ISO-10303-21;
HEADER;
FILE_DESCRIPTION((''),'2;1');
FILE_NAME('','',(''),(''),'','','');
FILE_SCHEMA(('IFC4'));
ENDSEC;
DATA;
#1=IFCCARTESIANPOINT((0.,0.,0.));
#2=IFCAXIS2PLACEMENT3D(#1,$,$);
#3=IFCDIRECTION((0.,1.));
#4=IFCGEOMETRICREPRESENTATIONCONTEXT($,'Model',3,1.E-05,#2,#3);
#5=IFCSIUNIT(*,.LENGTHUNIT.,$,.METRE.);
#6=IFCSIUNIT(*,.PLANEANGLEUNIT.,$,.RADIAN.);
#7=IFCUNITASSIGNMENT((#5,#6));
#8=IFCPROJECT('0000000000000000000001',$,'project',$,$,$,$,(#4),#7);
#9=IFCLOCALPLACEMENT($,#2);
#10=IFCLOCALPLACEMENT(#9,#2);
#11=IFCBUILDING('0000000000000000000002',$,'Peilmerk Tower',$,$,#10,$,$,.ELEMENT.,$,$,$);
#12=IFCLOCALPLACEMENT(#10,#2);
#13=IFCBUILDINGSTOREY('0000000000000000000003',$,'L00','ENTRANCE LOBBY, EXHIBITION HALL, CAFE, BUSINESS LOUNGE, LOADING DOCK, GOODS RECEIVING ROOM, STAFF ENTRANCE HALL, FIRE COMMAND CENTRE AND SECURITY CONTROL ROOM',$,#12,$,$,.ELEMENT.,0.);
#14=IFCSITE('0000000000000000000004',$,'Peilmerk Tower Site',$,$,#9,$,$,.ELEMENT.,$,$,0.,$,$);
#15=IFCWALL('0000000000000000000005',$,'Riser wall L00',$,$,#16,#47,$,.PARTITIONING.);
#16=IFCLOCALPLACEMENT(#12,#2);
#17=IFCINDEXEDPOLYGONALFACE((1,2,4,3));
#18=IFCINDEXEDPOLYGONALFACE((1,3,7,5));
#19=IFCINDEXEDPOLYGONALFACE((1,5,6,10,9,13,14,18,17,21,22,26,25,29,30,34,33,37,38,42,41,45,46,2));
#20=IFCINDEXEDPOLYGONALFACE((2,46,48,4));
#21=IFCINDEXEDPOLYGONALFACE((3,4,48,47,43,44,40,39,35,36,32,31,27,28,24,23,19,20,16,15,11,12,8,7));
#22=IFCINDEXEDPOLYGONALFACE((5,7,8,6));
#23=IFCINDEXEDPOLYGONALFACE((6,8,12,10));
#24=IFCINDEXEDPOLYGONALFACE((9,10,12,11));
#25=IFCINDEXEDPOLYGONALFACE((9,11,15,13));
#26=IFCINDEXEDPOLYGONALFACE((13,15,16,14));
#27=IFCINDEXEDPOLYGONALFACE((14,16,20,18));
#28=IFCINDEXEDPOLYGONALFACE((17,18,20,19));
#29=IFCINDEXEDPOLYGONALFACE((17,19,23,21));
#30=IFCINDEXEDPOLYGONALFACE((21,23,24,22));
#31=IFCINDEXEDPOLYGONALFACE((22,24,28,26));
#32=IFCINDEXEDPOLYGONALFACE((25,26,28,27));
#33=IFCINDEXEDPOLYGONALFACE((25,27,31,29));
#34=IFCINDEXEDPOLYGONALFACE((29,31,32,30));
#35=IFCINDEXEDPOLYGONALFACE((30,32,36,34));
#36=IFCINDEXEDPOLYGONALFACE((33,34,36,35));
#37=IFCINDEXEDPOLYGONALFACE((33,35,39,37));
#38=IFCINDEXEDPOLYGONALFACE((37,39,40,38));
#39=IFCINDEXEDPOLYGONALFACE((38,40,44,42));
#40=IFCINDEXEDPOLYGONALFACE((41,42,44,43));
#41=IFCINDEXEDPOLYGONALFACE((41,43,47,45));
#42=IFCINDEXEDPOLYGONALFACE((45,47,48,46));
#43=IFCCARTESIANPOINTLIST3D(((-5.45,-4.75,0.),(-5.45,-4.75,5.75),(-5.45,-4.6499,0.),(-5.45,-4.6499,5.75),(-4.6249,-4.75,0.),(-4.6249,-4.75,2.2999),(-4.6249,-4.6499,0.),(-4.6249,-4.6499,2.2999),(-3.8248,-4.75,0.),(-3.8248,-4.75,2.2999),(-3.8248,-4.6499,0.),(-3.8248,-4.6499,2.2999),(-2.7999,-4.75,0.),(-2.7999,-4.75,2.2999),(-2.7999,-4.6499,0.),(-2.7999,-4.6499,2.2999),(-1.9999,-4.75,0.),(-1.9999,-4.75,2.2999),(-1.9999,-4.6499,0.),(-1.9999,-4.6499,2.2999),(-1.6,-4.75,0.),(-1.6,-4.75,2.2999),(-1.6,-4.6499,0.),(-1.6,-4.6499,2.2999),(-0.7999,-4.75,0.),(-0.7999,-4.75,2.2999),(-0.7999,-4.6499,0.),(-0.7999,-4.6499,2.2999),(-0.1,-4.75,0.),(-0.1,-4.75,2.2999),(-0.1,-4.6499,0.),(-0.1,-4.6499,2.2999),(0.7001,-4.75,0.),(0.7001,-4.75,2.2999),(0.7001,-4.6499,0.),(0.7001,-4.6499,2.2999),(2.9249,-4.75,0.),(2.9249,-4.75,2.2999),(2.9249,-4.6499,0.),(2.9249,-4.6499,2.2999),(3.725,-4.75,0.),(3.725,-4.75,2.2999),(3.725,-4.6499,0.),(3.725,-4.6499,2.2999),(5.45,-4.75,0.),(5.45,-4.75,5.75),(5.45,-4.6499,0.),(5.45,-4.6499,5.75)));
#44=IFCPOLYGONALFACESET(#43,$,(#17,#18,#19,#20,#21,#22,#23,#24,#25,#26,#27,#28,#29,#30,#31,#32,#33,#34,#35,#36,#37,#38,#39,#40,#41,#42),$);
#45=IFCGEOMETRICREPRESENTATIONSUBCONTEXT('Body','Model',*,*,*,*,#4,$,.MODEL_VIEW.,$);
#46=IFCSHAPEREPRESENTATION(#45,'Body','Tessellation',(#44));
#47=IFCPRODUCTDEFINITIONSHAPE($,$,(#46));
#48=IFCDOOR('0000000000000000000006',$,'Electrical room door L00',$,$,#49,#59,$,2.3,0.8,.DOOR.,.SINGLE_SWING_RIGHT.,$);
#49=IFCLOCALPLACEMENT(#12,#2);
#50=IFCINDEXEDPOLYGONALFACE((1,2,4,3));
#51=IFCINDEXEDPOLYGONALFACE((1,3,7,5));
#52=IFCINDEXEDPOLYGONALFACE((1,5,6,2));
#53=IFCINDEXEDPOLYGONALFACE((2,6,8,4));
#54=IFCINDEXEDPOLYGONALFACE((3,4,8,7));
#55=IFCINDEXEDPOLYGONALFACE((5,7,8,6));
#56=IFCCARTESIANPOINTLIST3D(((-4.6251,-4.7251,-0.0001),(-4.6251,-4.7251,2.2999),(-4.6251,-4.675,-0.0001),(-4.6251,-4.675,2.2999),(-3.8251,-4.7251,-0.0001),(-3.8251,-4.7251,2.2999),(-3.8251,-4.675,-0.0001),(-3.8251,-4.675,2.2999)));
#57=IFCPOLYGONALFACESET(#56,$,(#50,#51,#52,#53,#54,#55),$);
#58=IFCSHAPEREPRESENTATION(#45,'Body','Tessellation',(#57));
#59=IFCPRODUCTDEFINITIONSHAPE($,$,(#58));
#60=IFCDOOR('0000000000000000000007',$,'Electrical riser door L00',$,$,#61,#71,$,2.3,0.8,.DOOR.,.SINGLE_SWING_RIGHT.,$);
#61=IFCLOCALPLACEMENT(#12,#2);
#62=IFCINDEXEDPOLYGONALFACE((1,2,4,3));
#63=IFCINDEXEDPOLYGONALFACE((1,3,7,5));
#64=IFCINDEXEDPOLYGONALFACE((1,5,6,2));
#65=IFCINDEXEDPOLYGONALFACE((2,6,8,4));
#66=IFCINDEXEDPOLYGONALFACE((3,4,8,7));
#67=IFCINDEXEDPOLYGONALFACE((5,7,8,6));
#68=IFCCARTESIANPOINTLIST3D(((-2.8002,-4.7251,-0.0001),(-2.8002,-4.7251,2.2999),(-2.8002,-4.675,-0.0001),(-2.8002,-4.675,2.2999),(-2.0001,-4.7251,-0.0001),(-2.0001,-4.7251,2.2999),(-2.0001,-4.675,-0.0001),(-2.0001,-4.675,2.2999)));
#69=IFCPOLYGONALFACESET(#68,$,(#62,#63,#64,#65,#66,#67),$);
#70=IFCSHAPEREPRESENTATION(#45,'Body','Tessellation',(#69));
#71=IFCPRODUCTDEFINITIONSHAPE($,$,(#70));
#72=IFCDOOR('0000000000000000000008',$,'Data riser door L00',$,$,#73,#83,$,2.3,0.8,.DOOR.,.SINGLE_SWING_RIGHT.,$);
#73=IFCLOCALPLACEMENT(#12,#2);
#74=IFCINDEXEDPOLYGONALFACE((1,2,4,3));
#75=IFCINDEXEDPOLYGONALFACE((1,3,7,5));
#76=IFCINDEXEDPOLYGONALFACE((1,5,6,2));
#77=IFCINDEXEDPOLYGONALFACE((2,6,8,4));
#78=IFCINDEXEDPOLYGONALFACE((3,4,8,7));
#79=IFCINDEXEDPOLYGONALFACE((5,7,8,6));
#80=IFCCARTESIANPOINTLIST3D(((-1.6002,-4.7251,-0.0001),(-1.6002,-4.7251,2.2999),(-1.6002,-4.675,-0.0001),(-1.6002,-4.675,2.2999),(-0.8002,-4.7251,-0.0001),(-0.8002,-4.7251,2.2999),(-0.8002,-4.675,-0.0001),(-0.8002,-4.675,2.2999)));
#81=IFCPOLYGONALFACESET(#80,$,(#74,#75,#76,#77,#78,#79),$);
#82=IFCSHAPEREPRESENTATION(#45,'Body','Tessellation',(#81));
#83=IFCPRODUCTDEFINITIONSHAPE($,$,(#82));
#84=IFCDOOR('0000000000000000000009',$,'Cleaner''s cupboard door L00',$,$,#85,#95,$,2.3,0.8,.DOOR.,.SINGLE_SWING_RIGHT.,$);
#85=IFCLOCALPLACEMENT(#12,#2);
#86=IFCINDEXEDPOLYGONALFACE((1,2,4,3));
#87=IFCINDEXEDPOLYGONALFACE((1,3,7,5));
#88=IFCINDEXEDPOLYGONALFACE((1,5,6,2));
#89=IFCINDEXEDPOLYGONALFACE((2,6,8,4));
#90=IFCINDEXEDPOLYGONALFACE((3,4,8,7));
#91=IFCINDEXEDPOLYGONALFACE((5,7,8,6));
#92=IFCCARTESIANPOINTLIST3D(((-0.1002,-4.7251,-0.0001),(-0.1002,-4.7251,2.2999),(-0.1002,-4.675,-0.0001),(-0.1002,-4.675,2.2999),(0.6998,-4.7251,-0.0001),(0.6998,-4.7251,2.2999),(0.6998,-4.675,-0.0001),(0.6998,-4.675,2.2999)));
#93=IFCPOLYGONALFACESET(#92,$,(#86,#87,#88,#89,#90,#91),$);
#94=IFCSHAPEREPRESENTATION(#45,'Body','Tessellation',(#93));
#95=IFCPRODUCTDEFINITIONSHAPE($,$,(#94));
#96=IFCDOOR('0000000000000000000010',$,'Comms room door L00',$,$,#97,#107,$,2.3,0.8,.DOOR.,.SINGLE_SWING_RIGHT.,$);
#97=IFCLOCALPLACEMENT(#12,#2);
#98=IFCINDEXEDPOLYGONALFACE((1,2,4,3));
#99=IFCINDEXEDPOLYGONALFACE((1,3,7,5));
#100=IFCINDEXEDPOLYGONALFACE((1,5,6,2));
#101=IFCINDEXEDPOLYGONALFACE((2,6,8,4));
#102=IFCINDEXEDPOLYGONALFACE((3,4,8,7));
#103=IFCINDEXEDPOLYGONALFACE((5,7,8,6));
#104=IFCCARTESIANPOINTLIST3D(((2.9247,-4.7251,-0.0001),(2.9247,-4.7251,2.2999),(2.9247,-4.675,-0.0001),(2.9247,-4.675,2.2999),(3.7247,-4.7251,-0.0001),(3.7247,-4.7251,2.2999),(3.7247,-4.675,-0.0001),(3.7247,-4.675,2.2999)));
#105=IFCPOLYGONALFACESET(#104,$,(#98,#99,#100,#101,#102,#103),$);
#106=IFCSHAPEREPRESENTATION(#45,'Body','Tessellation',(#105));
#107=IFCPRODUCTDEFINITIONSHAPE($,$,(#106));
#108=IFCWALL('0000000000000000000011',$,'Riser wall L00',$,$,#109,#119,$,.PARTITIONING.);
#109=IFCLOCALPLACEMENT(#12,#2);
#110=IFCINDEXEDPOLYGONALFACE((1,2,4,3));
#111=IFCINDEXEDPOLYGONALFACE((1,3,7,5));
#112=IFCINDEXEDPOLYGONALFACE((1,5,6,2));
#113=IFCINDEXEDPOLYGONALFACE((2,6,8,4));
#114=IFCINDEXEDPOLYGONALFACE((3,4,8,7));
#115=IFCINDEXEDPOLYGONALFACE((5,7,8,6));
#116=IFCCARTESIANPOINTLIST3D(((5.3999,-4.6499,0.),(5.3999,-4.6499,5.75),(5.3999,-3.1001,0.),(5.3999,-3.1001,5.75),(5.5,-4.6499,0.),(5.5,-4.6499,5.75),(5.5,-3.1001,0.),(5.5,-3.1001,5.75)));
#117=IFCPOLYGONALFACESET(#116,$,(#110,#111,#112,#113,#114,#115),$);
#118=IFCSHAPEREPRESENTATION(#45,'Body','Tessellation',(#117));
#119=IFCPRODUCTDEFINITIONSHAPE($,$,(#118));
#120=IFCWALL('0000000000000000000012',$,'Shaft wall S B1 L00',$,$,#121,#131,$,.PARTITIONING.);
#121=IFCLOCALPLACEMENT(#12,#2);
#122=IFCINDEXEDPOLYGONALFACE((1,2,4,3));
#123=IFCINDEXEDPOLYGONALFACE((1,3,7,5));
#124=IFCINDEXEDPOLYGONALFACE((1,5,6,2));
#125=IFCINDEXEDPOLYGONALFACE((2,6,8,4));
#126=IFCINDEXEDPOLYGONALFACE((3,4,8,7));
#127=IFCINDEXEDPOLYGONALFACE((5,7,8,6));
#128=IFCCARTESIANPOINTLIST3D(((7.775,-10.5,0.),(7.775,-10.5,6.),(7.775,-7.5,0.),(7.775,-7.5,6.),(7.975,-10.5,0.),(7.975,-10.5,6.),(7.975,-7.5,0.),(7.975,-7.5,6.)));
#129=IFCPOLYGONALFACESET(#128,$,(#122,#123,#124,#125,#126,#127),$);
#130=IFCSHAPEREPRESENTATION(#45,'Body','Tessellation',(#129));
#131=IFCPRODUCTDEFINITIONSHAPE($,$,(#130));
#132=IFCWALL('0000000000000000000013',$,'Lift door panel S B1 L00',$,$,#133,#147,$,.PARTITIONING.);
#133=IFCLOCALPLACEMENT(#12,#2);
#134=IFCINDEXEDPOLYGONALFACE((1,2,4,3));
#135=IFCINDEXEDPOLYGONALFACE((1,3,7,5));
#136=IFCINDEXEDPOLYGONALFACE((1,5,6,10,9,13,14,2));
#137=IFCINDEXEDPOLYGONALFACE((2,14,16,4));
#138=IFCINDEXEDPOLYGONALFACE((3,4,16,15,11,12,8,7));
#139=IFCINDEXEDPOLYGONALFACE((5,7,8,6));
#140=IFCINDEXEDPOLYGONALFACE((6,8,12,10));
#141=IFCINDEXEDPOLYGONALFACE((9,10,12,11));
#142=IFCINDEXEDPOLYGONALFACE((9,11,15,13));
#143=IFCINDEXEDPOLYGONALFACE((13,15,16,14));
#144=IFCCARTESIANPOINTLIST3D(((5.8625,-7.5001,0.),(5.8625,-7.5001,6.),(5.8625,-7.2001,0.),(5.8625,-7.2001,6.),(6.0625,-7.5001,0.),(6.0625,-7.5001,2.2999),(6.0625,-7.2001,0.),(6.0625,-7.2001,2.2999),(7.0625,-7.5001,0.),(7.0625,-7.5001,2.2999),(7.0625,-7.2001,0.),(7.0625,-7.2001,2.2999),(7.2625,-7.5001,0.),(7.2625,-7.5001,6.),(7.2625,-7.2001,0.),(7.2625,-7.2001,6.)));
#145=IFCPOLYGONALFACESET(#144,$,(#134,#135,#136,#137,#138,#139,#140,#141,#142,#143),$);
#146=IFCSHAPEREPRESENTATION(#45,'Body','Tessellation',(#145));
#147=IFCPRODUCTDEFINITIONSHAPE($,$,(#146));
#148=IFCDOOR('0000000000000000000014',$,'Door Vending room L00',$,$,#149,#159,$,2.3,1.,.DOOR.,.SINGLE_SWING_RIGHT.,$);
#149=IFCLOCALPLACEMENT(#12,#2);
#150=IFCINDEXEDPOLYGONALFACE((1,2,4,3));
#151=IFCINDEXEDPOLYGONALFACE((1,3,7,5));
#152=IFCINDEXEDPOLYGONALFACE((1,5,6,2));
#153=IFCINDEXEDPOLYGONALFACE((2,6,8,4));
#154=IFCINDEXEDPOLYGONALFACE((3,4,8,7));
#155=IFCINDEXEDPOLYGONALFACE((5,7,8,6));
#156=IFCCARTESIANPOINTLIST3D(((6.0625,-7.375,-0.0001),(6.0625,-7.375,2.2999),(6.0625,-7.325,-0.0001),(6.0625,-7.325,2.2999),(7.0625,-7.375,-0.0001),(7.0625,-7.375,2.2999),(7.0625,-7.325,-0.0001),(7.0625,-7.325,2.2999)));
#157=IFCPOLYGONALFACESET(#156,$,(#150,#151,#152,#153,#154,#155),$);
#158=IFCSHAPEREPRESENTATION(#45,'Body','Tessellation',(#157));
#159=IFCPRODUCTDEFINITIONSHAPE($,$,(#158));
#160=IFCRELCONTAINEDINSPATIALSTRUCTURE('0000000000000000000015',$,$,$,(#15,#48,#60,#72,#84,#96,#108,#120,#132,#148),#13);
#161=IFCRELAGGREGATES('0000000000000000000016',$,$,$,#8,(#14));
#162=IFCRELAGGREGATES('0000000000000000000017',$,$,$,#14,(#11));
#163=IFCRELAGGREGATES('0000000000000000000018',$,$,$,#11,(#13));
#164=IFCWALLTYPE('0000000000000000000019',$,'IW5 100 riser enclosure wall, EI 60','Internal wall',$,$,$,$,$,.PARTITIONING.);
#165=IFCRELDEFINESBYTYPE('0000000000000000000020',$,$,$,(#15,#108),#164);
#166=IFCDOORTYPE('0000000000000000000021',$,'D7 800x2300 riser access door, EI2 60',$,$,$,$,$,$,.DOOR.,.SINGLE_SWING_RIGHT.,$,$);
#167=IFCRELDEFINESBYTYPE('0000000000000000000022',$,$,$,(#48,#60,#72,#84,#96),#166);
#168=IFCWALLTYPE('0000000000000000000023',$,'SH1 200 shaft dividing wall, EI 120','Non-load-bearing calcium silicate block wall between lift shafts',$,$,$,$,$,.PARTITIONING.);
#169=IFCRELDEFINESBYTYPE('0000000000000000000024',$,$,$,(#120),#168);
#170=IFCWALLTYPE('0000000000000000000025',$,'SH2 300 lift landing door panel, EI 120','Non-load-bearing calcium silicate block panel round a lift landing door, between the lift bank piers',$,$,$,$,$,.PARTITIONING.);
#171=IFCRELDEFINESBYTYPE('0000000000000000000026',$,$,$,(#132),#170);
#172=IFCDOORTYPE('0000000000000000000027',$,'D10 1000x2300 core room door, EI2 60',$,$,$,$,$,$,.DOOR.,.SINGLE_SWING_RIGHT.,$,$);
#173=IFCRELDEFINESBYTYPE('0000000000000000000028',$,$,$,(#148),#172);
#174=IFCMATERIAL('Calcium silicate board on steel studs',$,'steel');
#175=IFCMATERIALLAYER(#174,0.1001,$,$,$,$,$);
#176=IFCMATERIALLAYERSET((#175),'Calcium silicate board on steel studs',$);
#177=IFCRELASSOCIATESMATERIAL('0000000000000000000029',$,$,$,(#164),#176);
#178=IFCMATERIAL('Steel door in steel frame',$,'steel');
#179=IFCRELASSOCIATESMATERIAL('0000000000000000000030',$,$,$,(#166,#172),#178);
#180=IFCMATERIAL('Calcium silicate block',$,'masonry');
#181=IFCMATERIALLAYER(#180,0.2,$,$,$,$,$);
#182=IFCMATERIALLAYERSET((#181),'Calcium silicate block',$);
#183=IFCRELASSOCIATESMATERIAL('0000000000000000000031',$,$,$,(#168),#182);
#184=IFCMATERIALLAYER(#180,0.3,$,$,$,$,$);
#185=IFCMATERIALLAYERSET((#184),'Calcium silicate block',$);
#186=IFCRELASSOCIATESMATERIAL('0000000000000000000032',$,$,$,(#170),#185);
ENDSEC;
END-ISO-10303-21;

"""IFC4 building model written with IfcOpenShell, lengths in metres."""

from ifc_helpers import new_model, si_unit, direction, frame, frame_2d, origin, place, context, subcontext, project, spatial, rectangle, extrude, material, layer, layer_set, type_object, element, fill, save


model = new_model("IFC4")

# Units and contexts
model_context = context("Model", 3, precision=1e-05, world=origin(), true_north=direction((0.0, 1.0)))
body_context = subcontext(model_context, "Body", "Model", "MODEL_VIEW")
ifc_project = project(units=[si_unit("LENGTHUNIT", "METRE"), si_unit("PLANEANGLEUNIT", "RADIAN")], contexts=[model_context])

# Site, building, storey
site_placement = place(None, origin())
site = spatial("IfcSite", under=ifc_project, at=site_placement, Name="Peilmerk Tower Site", CompositionType="ELEMENT", RefElevation=0.0)
building_placement = place(site_placement, origin())
building = spatial("IfcBuilding", under=site, at=building_placement, Name="Peilmerk Tower", CompositionType="ELEMENT")
storey_placement = place(building_placement, origin())
storey = spatial("IfcBuildingStorey", under=building, at=storey_placement, Name="L00", Description="ENTRANCE LOBBY, EXHIBITION HALL, CAFE, BUSINESS LOUNGE, LOADING DOCK, GOODS RECEIVING ROOM, STAFF ENTRANCE HALL, FIRE COMMAND CENTRE AND SECURITY CONTROL ROOM", CompositionType="ELEMENT", Elevation=0.0)

# Shared definitions
ifc_material_1 = material(Name="Steel door in steel frame", Category="steel")

# Shared definitions
ifc_material_2 = material(Name="Calcium silicate board on steel studs", Category="steel")
ifc_layer_1 = layer(ifc_material_2, 0.1001)
ifc_layer_set_1 = layer_set([ifc_layer_1], Name="Calcium silicate board on steel studs")
wall_type_1 = type_object("IfcWallType", Name="IW5 100 riser enclosure wall, EI 60", Description="Internal wall", PredefinedType="PARTITIONING", material=ifc_layer_set_1)

# Wall, openings, doors
wall_1_placement = place(storey_placement, frame((5.45, -4.7, 0.0), z_axis=(0.0, 0.0, 1.0), x_axis=(-1.0, 0.0, 0.0)))
wall_1 = element("IfcWall", 1, at=wall_1_placement, inside=storey, type_object=wall_type_1, Name="Riser wall L00", PredefinedType="PARTITIONING", context=body_context, shape_type="SweptSolid", body=[
    extrude(rectangle(XDim=10.8999, YDim=0.1001, at=frame_2d((5.45, 0.0))), origin(), (0.0, 0.0, 1.0), 5.75),
])
opening_1_placement = place(wall_1_placement, frame((9.2749, 0.0, 0.0)))
opening_1 = element("IfcOpeningElement", 2, at=opening_1_placement, cuts=wall_1, PredefinedType="OPENING", context=body_context, shape_type="SweptSolid", body=[
    extrude(rectangle(XDim=0.8, YDim=2.3, at=frame_2d((0.3999, 1.1499))), frame((0.0, 0.0601, 0.0), z_axis=(0.0, -1.0, 0.0), x_axis=(1.0, 0.0, 0.0)), (0.0, 0.0, 1.0), 0.1201),
])
opening_2_placement = place(wall_1_placement, frame((7.45, 0.0, 0.0)))
opening_2 = element("IfcOpeningElement", 3, at=opening_2_placement, cuts=wall_1, PredefinedType="OPENING", context=body_context, shape_type="SweptSolid", body=[
    extrude(rectangle(XDim=0.8, YDim=2.3, at=frame_2d((0.3999, 1.1499))), frame((0.0, 0.0601, 0.0), z_axis=(0.0, -1.0, 0.0), x_axis=(1.0, 0.0, 0.0)), (0.0, 0.0, 1.0), 0.1201),
])
opening_3_placement = place(wall_1_placement, frame((6.25, 0.0, 0.0)))
opening_3 = element("IfcOpeningElement", 4, at=opening_3_placement, cuts=wall_1, PredefinedType="OPENING", context=body_context, shape_type="SweptSolid", body=[
    extrude(rectangle(XDim=0.8, YDim=2.3, at=frame_2d((0.3999, 1.1499))), frame((0.0, 0.0601, 0.0), z_axis=(0.0, -1.0, 0.0), x_axis=(1.0, 0.0, 0.0)), (0.0, 0.0, 1.0), 0.1201),
])
opening_4_placement = place(wall_1_placement, frame((4.75, 0.0, 0.0)))
opening_4 = element("IfcOpeningElement", 5, at=opening_4_placement, cuts=wall_1, PredefinedType="OPENING", context=body_context, shape_type="SweptSolid", body=[
    extrude(rectangle(XDim=0.8, YDim=2.3, at=frame_2d((0.3999, 1.1499))), frame((0.0, 0.0601, 0.0), z_axis=(0.0, -1.0, 0.0), x_axis=(1.0, 0.0, 0.0)), (0.0, 0.0, 1.0), 0.1201),
])
opening_5_placement = place(wall_1_placement, frame((1.7251, 0.0, 0.0)))
opening_5 = element("IfcOpeningElement", 6, at=opening_5_placement, cuts=wall_1, PredefinedType="OPENING", context=body_context, shape_type="SweptSolid", body=[
    extrude(rectangle(XDim=0.8, YDim=2.3, at=frame_2d((0.3999, 1.1499))), frame((0.0, 0.0601, 0.0), z_axis=(0.0, -1.0, 0.0), x_axis=(1.0, 0.0, 0.0)), (0.0, 0.0, 1.0), 0.1201),
])
door_type_1 = type_object("IfcDoorType", Name="D7 800x2300 riser access door, EI2 60", OperationType="SINGLE_SWING_RIGHT", PredefinedType="DOOR", material=ifc_material_1)
door_1_placement = place(opening_1_placement, frame((0.8, 0.0, 0.0), z_axis=(0.0, 0.0, 1.0), x_axis=(-1.0, 0.0, 0.0)))
door_1 = element("IfcDoor", 7, at=door_1_placement, inside=storey, type_object=door_type_1, Name="Electrical room door L00", OperationType="SINGLE_SWING_RIGHT", OverallHeight=2.3, OverallWidth=0.8, PredefinedType="DOOR", context=body_context, shape_type="SweptSolid", body=[
    extrude(rectangle(XDim=0.8, YDim=2.3, at=frame_2d((0.3999, 1.1499))), frame((0.0, 0.0249, 0.0), z_axis=(0.0, -1.0, 0.0), x_axis=(1.0, 0.0, 0.0)), (0.0, 0.0, 1.0), 0.05),
])
fill(opening_1, door_1)
door_2_placement = place(opening_2_placement, frame((0.8, 0.0, 0.0), z_axis=(0.0, 0.0, 1.0), x_axis=(-1.0, 0.0, 0.0)))
door_2 = element("IfcDoor", 8, at=door_2_placement, inside=storey, type_object=door_type_1, Name="Electrical riser door L00", OperationType="SINGLE_SWING_RIGHT", OverallHeight=2.3, OverallWidth=0.8, PredefinedType="DOOR", context=body_context, shape_type="SweptSolid", body=[
    extrude(rectangle(XDim=0.8, YDim=2.3, at=frame_2d((0.3999, 1.1499))), frame((0.0, 0.0249, 0.0), z_axis=(0.0, -1.0, 0.0), x_axis=(1.0, 0.0, 0.0)), (0.0, 0.0, 1.0), 0.05),
])
fill(opening_2, door_2)
door_3_placement = place(opening_3_placement, frame((0.8, 0.0, 0.0), z_axis=(0.0, 0.0, 1.0), x_axis=(-1.0, 0.0, 0.0)))
door_3 = element("IfcDoor", 9, at=door_3_placement, inside=storey, type_object=door_type_1, Name="Data riser door L00", OperationType="SINGLE_SWING_RIGHT", OverallHeight=2.3, OverallWidth=0.8, PredefinedType="DOOR", context=body_context, shape_type="SweptSolid", body=[
    extrude(rectangle(XDim=0.8, YDim=2.3, at=frame_2d((0.3999, 1.1499))), frame((0.0, 0.0249, 0.0), z_axis=(0.0, -1.0, 0.0), x_axis=(1.0, 0.0, 0.0)), (0.0, 0.0, 1.0), 0.05),
])
fill(opening_3, door_3)
door_4_placement = place(opening_4_placement, frame((0.8, 0.0, 0.0), z_axis=(0.0, 0.0, 1.0), x_axis=(-1.0, 0.0, 0.0)))
door_4 = element("IfcDoor", 10, at=door_4_placement, inside=storey, type_object=door_type_1, Name="Cleaner's cupboard door L00", OperationType="SINGLE_SWING_RIGHT", OverallHeight=2.3, OverallWidth=0.8, PredefinedType="DOOR", context=body_context, shape_type="SweptSolid", body=[
    extrude(rectangle(XDim=0.8, YDim=2.3, at=frame_2d((0.3999, 1.1499))), frame((0.0, 0.0249, 0.0), z_axis=(0.0, -1.0, 0.0), x_axis=(1.0, 0.0, 0.0)), (0.0, 0.0, 1.0), 0.05),
])
fill(opening_4, door_4)
door_5_placement = place(opening_5_placement, frame((0.8, 0.0, 0.0), z_axis=(0.0, 0.0, 1.0), x_axis=(-1.0, 0.0, 0.0)))
door_5 = element("IfcDoor", 11, at=door_5_placement, inside=storey, type_object=door_type_1, Name="Comms room door L00", OperationType="SINGLE_SWING_RIGHT", OverallHeight=2.3, OverallWidth=0.8, PredefinedType="DOOR", context=body_context, shape_type="SweptSolid", body=[
    extrude(rectangle(XDim=0.8, YDim=2.3, at=frame_2d((0.3999, 1.1499))), frame((0.0, 0.0249, 0.0), z_axis=(0.0, -1.0, 0.0), x_axis=(1.0, 0.0, 0.0)), (0.0, 0.0, 1.0), 0.05),
])
fill(opening_5, door_5)

# Walls
wall_2_placement = place(storey_placement, frame((5.45, -3.1001, 0.0), z_axis=(0.0, 0.0, 1.0), x_axis=(0.0, -1.0, 0.0)))
element("IfcWall", 12, at=wall_2_placement, inside=storey, type_object=wall_type_1, Name="Riser wall L00", PredefinedType="PARTITIONING", context=body_context, shape_type="SweptSolid", body=[
    extrude(rectangle(XDim=1.5498, YDim=0.1001, at=frame_2d((0.7749, 0.0))), origin(), (0.0, 0.0, 1.0), 5.75),
])
ifc_material_3 = material(Name="Calcium silicate block", Category="masonry")
ifc_layer_2 = layer(ifc_material_3, 0.2)
ifc_layer_set_2 = layer_set([ifc_layer_2], Name="Calcium silicate block")
wall_type_2 = type_object("IfcWallType", Name="SH1 200 shaft dividing wall, EI 120", Description="Non-load-bearing calcium silicate block wall between lift shafts", PredefinedType="PARTITIONING", material=ifc_layer_set_2)
wall_3_placement = place(storey_placement, frame((7.875, -10.5, 0.0), z_axis=(0.0, 0.0, 1.0), x_axis=(0.0, 1.0, 0.0)))
element("IfcWall", 13, at=wall_3_placement, inside=storey, type_object=wall_type_2, Name="Shaft wall S B1 L00", PredefinedType="PARTITIONING", context=body_context, shape_type="SweptSolid", body=[
    extrude(rectangle(XDim=3.0, YDim=0.2, at=frame_2d((1.5, 0.0))), origin(), (0.0, 0.0, 1.0), 6.0),
])

# Wall, opening, door
ifc_layer_3 = layer(ifc_material_3, 0.3)
ifc_layer_set_3 = layer_set([ifc_layer_3], Name="Calcium silicate block")
wall_type_3 = type_object("IfcWallType", Name="SH2 300 lift landing door panel, EI 120", Description="Non-load-bearing calcium silicate block panel round a lift landing door, between the lift bank piers", PredefinedType="PARTITIONING", material=ifc_layer_set_3)
wall_4_placement = place(storey_placement, frame((5.8625, -7.3501, 0.0), z_axis=(0.0, 0.0, 1.0), x_axis=(1.0, 0.0, 0.0)))
wall_4 = element("IfcWall", 14, at=wall_4_placement, inside=storey, type_object=wall_type_3, Name="Lift door panel S B1 L00", PredefinedType="PARTITIONING", context=body_context, shape_type="SweptSolid", body=[
    extrude(rectangle(XDim=1.3999, YDim=0.3, at=frame_2d((0.7, 0.0))), origin(), (0.0, 0.0, 1.0), 6.0),
])
opening_6_placement = place(wall_4_placement, frame((0.2, 0.0, 0.0)))
opening_6 = element("IfcOpeningElement", 15, at=opening_6_placement, cuts=wall_4, PredefinedType="OPENING", context=body_context, shape_type="SweptSolid", body=[
    extrude(rectangle(XDim=1.0, YDim=2.3, at=frame_2d((0.5, 1.1499))), frame((0.0, 0.1599, 0.0), z_axis=(0.0, -1.0, 0.0), x_axis=(1.0, 0.0, 0.0)), (0.0, 0.0, 1.0), 0.3201),
])
door_type_2 = type_object("IfcDoorType", Name="D10 1000x2300 core room door, EI2 60", OperationType="SINGLE_SWING_RIGHT", PredefinedType="DOOR", material=ifc_material_1)
door_6_placement = place(opening_6_placement, frame((1.0, 0.0, 0.0), z_axis=(0.0, 0.0, 1.0), x_axis=(-1.0, 0.0, 0.0)))
door_6 = element("IfcDoor", 16, at=door_6_placement, inside=storey, type_object=door_type_2, Name="Door Vending room L00", OperationType="SINGLE_SWING_RIGHT", OverallHeight=2.3, OverallWidth=1.0, PredefinedType="DOOR", context=body_context, shape_type="SweptSolid", body=[
    extrude(rectangle(XDim=1.0, YDim=2.3, at=frame_2d((0.5, 1.1499))), frame((0.0, 0.0249, 0.0), z_axis=(0.0, -1.0, 0.0), x_axis=(1.0, 0.0, 0.0)), (0.0, 0.0, 1.0), 0.05),
])
fill(opening_6, door_6)

save(model, "model.ifc")
